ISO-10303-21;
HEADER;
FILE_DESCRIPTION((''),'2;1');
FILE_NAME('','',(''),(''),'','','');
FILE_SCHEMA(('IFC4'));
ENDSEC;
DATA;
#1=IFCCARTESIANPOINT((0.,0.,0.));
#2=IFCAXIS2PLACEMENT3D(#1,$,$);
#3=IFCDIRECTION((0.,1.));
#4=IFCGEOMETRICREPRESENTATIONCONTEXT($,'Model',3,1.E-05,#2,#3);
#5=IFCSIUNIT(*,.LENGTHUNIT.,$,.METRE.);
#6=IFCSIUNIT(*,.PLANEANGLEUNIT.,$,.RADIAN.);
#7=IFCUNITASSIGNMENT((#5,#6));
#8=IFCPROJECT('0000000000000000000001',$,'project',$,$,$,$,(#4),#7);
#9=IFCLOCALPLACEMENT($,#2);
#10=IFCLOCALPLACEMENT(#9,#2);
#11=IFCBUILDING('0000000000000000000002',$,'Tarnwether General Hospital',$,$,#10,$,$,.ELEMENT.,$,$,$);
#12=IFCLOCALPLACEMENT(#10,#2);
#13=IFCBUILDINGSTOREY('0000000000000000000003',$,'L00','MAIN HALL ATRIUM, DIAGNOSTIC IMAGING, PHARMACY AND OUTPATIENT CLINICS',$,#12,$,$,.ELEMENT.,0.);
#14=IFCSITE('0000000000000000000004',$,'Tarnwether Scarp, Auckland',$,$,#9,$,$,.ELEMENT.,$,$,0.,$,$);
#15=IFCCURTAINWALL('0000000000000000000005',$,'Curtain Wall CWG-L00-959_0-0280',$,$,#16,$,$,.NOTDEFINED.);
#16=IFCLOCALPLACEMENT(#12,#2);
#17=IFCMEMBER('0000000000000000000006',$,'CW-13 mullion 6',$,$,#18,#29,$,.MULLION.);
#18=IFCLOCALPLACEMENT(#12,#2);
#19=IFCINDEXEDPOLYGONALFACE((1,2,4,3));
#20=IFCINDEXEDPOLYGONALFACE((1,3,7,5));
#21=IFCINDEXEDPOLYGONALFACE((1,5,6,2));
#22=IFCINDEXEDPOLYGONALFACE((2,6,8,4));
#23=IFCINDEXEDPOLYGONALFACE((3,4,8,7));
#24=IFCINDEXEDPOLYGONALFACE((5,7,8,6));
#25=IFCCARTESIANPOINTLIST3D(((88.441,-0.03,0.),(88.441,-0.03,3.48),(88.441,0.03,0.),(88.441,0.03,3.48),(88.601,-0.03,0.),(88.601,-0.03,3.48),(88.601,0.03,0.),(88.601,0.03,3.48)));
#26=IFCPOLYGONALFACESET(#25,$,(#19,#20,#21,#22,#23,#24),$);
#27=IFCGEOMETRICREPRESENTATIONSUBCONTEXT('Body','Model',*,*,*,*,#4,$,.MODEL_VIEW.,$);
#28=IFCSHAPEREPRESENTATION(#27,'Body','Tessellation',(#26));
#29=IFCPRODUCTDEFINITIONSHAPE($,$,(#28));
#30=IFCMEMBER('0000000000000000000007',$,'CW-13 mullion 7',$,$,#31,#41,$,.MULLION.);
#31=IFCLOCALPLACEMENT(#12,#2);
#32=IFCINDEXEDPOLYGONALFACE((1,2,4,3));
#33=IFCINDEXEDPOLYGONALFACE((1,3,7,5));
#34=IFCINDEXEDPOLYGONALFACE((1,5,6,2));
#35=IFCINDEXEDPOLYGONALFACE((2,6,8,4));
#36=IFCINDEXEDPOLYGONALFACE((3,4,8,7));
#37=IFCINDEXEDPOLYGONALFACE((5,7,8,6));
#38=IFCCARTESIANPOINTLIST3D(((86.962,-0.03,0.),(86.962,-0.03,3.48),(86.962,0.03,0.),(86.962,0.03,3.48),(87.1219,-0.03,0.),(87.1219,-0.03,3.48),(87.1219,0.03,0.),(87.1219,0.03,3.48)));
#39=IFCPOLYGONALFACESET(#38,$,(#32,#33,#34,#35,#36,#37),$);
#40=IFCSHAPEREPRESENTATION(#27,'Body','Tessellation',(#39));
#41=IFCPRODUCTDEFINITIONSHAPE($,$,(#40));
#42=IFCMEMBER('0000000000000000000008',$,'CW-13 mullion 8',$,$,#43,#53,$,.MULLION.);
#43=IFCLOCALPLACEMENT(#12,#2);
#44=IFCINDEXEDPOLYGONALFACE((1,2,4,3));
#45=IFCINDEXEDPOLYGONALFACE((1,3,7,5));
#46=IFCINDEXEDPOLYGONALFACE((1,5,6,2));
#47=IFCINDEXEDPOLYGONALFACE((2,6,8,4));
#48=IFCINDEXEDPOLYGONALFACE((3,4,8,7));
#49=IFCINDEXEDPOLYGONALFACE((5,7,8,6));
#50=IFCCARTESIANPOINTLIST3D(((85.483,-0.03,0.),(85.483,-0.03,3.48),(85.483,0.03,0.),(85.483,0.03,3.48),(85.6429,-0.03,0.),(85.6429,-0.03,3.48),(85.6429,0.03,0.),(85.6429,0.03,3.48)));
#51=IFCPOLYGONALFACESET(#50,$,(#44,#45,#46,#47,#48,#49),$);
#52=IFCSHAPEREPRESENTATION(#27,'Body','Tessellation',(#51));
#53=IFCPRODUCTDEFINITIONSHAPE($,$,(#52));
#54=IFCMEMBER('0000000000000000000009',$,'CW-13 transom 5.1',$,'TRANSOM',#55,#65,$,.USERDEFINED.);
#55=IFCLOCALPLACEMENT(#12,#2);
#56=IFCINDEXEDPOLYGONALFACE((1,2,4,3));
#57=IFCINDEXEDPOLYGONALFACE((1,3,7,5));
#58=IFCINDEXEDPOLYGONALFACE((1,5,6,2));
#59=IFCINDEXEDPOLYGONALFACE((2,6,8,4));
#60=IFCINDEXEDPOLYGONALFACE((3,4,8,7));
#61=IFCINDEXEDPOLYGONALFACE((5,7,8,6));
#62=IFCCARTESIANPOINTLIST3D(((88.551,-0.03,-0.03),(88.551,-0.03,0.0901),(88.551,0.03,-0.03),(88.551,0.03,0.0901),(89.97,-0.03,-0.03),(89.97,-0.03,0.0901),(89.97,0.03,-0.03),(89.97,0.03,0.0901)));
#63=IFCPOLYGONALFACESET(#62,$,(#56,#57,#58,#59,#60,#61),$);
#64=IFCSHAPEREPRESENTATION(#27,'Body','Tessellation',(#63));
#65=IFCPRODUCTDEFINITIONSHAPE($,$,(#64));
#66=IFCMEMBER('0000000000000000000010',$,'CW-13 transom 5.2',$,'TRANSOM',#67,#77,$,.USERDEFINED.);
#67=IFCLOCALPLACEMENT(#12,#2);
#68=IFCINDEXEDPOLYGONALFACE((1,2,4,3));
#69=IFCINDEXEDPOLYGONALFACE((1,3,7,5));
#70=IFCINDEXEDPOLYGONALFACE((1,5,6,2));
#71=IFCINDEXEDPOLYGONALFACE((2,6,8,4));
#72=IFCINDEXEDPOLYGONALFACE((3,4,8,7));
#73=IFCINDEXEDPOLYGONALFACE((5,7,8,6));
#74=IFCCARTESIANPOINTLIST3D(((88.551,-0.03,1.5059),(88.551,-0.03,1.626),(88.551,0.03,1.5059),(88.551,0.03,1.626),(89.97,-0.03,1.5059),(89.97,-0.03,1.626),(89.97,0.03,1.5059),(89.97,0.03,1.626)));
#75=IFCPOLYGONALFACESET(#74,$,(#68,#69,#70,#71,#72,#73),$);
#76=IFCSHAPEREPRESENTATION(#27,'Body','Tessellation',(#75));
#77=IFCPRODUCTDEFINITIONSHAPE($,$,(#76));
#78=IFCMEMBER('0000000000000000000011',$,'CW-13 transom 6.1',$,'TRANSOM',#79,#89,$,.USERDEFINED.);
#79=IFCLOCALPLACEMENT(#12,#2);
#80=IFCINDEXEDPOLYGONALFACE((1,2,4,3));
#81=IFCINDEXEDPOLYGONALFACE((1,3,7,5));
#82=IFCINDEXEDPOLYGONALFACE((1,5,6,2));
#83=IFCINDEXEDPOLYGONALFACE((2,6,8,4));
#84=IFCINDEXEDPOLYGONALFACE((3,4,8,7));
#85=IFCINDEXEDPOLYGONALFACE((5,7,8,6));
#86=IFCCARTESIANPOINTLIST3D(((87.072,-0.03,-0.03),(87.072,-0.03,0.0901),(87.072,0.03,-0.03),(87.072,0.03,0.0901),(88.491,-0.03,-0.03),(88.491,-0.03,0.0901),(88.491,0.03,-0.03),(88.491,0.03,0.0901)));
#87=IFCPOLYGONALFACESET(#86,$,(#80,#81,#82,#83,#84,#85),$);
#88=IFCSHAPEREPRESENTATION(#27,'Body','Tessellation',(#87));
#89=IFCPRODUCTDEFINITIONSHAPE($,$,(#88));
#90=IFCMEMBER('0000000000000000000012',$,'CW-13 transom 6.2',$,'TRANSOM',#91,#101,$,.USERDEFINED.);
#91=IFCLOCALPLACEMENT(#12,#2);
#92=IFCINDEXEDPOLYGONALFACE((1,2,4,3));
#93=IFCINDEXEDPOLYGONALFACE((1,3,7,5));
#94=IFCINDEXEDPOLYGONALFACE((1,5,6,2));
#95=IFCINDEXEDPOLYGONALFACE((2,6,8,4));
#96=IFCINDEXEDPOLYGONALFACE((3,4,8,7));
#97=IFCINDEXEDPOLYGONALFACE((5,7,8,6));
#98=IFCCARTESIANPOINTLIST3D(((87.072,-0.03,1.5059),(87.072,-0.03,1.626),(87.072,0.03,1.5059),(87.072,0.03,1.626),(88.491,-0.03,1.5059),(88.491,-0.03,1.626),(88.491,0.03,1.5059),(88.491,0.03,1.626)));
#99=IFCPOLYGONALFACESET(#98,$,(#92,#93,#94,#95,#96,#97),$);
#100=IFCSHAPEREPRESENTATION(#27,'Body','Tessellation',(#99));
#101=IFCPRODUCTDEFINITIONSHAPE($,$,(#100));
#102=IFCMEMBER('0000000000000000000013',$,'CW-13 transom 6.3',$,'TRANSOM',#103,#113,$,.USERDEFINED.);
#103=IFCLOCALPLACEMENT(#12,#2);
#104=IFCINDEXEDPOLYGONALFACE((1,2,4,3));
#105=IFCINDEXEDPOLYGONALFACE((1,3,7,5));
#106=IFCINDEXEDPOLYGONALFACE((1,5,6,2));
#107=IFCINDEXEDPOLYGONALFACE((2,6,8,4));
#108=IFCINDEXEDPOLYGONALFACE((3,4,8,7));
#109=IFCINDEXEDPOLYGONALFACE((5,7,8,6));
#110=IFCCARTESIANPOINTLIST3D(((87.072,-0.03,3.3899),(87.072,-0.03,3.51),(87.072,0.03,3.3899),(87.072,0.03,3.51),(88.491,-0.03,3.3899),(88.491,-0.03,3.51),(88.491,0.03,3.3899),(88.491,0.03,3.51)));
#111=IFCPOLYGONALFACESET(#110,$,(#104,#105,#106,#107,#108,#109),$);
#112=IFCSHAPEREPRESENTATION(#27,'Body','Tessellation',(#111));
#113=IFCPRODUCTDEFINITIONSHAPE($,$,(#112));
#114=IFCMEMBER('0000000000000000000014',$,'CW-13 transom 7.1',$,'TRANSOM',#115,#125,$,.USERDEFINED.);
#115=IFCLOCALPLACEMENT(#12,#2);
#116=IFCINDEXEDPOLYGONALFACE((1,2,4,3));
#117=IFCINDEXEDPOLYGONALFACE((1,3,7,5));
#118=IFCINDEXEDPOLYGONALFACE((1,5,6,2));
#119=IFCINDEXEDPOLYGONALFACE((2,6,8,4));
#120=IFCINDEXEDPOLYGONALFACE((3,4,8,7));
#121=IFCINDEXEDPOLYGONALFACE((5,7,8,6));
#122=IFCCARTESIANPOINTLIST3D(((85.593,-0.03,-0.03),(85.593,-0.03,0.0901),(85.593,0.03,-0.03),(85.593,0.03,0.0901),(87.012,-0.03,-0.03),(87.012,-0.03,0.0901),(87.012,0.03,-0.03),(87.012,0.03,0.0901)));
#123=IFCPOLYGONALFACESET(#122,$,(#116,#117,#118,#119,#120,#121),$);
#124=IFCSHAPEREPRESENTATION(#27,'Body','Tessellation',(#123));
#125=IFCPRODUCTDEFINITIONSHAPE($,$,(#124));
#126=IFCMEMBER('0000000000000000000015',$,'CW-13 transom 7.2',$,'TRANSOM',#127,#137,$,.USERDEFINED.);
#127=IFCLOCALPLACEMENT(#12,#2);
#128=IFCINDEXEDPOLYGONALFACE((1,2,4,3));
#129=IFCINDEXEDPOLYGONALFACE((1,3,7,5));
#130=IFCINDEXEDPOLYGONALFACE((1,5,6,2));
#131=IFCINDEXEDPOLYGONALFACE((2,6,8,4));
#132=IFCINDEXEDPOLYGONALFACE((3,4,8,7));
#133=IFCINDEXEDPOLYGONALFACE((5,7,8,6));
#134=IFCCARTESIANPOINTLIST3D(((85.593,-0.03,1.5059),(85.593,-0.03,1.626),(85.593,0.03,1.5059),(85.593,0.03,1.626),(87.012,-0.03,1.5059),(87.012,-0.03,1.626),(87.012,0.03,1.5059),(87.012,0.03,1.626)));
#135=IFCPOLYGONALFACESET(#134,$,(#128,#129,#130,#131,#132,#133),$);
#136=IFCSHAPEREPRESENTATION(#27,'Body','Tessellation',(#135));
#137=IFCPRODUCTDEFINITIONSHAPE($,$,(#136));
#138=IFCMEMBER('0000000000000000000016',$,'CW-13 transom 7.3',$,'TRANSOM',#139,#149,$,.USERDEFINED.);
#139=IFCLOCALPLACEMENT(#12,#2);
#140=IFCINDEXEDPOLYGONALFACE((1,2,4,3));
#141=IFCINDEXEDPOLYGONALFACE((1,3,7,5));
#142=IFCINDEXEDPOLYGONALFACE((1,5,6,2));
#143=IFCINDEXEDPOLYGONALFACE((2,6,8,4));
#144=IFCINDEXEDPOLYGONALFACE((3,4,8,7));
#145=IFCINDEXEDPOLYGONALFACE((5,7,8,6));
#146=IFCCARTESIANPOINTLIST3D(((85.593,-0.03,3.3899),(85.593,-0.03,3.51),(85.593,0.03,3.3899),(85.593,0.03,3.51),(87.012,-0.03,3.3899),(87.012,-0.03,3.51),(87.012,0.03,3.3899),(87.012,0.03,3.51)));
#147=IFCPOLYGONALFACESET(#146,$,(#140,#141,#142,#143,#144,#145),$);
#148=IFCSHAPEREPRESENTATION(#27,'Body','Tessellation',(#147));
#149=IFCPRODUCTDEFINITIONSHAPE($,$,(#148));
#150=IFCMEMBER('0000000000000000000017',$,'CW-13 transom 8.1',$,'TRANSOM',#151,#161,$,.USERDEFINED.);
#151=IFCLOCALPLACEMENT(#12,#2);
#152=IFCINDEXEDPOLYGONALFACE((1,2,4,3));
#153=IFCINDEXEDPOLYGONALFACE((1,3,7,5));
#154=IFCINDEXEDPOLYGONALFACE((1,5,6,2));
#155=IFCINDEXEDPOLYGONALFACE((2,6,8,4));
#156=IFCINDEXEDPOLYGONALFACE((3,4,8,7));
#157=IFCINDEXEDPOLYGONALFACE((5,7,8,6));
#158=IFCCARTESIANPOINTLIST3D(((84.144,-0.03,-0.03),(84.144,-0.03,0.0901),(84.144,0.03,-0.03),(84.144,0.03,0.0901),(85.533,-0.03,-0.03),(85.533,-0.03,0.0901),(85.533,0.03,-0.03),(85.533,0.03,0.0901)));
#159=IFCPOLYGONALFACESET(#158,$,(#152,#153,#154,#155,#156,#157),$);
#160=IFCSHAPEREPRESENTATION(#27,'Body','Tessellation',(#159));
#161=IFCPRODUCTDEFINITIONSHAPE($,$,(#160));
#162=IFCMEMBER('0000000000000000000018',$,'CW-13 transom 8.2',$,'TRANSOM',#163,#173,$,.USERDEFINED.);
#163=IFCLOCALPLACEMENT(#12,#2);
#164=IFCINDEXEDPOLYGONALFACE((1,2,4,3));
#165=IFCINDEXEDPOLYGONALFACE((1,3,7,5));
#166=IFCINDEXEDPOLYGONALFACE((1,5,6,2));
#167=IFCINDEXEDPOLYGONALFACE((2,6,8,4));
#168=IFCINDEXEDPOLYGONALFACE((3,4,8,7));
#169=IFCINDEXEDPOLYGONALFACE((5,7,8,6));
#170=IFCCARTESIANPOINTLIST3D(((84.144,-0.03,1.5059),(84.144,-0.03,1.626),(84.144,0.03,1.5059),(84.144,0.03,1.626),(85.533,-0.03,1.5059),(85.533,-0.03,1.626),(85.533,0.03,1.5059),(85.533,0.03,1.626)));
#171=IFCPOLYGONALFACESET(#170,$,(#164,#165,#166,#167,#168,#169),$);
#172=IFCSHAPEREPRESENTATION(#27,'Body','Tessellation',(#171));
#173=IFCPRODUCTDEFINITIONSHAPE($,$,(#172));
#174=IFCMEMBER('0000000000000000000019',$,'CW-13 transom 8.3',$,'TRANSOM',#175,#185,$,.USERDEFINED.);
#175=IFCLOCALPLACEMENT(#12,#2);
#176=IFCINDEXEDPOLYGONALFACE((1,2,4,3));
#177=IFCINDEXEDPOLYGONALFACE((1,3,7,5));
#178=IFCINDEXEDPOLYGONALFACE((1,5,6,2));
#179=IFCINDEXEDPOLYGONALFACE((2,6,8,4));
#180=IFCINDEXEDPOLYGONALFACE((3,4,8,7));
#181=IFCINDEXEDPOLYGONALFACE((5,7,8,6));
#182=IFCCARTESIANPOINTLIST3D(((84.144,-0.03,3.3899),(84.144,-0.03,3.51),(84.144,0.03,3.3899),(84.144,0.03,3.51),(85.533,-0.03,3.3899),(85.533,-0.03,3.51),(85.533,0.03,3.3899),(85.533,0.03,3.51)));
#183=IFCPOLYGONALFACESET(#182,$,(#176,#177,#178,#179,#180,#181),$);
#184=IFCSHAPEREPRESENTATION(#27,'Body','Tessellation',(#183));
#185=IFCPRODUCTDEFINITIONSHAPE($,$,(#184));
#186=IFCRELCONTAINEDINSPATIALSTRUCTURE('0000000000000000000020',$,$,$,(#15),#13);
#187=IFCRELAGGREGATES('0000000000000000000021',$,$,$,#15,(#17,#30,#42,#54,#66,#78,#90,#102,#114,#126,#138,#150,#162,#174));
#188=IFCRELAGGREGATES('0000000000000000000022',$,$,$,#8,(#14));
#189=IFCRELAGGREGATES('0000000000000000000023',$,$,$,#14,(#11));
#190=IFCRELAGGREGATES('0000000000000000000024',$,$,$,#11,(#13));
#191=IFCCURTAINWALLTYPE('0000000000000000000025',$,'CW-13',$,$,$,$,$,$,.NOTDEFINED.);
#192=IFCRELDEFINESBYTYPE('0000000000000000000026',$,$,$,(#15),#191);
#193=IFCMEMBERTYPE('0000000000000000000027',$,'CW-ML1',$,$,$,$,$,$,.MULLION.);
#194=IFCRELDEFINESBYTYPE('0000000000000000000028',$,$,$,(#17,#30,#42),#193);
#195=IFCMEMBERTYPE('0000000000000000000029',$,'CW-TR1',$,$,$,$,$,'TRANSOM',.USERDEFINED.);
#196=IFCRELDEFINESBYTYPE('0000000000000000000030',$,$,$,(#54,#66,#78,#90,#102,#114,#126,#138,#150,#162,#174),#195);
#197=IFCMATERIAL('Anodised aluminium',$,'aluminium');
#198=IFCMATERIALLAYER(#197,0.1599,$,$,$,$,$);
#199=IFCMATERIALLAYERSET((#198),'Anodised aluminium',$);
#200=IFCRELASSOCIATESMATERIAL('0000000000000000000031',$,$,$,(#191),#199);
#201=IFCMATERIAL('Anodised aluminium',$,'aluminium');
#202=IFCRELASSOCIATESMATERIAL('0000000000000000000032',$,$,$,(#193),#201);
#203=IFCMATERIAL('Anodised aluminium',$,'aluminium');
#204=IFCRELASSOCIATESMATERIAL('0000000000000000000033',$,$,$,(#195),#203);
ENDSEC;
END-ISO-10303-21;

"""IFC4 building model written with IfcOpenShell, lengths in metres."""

from ifc_helpers import new_model, si_unit, direction, frame, origin, origin_2d, place, context, subcontext, project, spatial, rectangle, extrude, material, layer, layer_set, material_profile, profile_set, type_object, element, aggregate, save


model = new_model("IFC4")

# Units and contexts
model_context = context("Model", 3, precision=1e-05, world=origin(), true_north=direction((0.0, 1.0)))
body_context = subcontext(model_context, "Body", "Model", "MODEL_VIEW")
ifc_project = project(units=[si_unit("LENGTHUNIT", "METRE"), si_unit("PLANEANGLEUNIT", "RADIAN")], contexts=[model_context])

# Site, building, storey
site_placement = place(None, origin())
site = spatial("IfcSite", under=ifc_project, at=site_placement, Name="Tarnwether Scarp, Auckland", CompositionType="ELEMENT", RefElevation=0.0)
building_placement = place(site_placement, origin())
building = spatial("IfcBuilding", under=site, at=building_placement, Name="Tarnwether General Hospital", CompositionType="ELEMENT")
storey_placement = place(building_placement, origin())
storey = spatial("IfcBuildingStorey", under=building, at=storey_placement, Name="L00", Description="MAIN HALL ATRIUM, DIAGNOSTIC IMAGING, PHARMACY AND OUTPATIENT CLINICS", CompositionType="ELEMENT", Elevation=0.0)

# Curtain wall, members
ifc_material_1 = material(Name="Anodised aluminium", Category="aluminium")
ifc_layer_1 = layer(ifc_material_1, 0.1599)
ifc_layer_set_1 = layer_set([ifc_layer_1], Name="Anodised aluminium")
curtain_wall_type = type_object("IfcCurtainWallType", Name="CW-13", PredefinedType="NOTDEFINED", material=ifc_layer_set_1)
curtain_wall_placement = place(storey_placement, origin())
curtain_wall = element("IfcCurtainWall", 1, at=curtain_wall_placement, inside=storey, type_object=curtain_wall_type, Name="Curtain Wall CWG-L00-959_0-0280", PredefinedType="NOTDEFINED")
ifc_material_2 = material(Name="Anodised aluminium", Category="aluminium")
ifc_material_profile_1 = material_profile(ifc_material_2, rectangle(XDim=0.0601, YDim=0.1599, at=origin_2d()), Name="ALU-MUL-60x160")
ifc_profile_set_1 = profile_set([ifc_material_profile_1], Name="Anodised aluminium")
member_type_1 = type_object("IfcMemberType", Name="CW-ML1", PredefinedType="MULLION", material=ifc_profile_set_1)
member_1_placement = place(storey_placement, frame((88.521, 0.0, 0.0), z_axis=(0.0, 0.0, 1.0), x_axis=(0.0, -1.0, 0.0)))
member_1 = element("IfcMember", 2, at=member_1_placement, type_object=member_type_1, Name="CW-13 mullion 6", PredefinedType="MULLION", context=body_context, shape_type="SweptSolid", body=[
    extrude(rectangle(XDim=0.0601, YDim=0.1599, at=origin_2d()), origin(), (0.0, 0.0, 1.0), 3.48),
])
member_2_placement = place(storey_placement, frame((87.042, 0.0, 0.0), z_axis=(0.0, 0.0, 1.0), x_axis=(0.0, -1.0, 0.0)))
member_2 = element("IfcMember", 3, at=member_2_placement, type_object=member_type_1, Name="CW-13 mullion 7", PredefinedType="MULLION", context=body_context, shape_type="SweptSolid", body=[
    extrude(rectangle(XDim=0.0601, YDim=0.1599, at=origin_2d()), origin(), (0.0, 0.0, 1.0), 3.48),
])
member_3_placement = place(storey_placement, frame((85.563, 0.0, 0.0), z_axis=(0.0, 0.0, 1.0), x_axis=(0.0, -1.0, 0.0)))
member_3 = element("IfcMember", 4, at=member_3_placement, type_object=member_type_1, Name="CW-13 mullion 8", PredefinedType="MULLION", context=body_context, shape_type="SweptSolid", body=[
    extrude(rectangle(XDim=0.0601, YDim=0.1599, at=origin_2d()), origin(), (0.0, 0.0, 1.0), 3.48),
])
ifc_material_3 = material(Name="Anodised aluminium", Category="aluminium")
ifc_material_profile_2 = material_profile(ifc_material_3, rectangle(XDim=0.0601, YDim=0.1201, at=origin_2d()), Name="ALU-TRN-60x120")
ifc_profile_set_2 = profile_set([ifc_material_profile_2], Name="Anodised aluminium")
member_type_2 = type_object("IfcMemberType", Name="CW-TR1", ElementType="TRANSOM", PredefinedType="USERDEFINED", material=ifc_profile_set_2)
member_4_placement = place(storey_placement, frame((89.97, 0.0, 0.03), z_axis=(-1.0, 0.0, 0.0), x_axis=(0.0, -1.0, 0.0)))
member_4 = element("IfcMember", 5, at=member_4_placement, type_object=member_type_2, Name="CW-13 transom 5.1", ObjectType="TRANSOM", PredefinedType="USERDEFINED", context=body_context, shape_type="SweptSolid", body=[
    extrude(rectangle(XDim=0.0601, YDim=0.1201, at=origin_2d()), origin(), (0.0, 0.0, 1.0), 1.4189),
])
member_5_placement = place(storey_placement, frame((89.97, 0.0, 1.5659), z_axis=(-1.0, 0.0, 0.0), x_axis=(0.0, -1.0, 0.0)))
member_5 = element("IfcMember", 6, at=member_5_placement, type_object=member_type_2, Name="CW-13 transom 5.2", ObjectType="TRANSOM", PredefinedType="USERDEFINED", context=body_context, shape_type="SweptSolid", body=[
    extrude(rectangle(XDim=0.0601, YDim=0.1201, at=origin_2d()), origin(), (0.0, 0.0, 1.0), 1.4189),
])
member_6_placement = place(storey_placement, frame((88.491, 0.0, 0.03), z_axis=(-1.0, 0.0, 0.0), x_axis=(0.0, -1.0, 0.0)))
member_6 = element("IfcMember", 7, at=member_6_placement, type_object=member_type_2, Name="CW-13 transom 6.1", ObjectType="TRANSOM", PredefinedType="USERDEFINED", context=body_context, shape_type="SweptSolid", body=[
    extrude(rectangle(XDim=0.0601, YDim=0.1201, at=origin_2d()), origin(), (0.0, 0.0, 1.0), 1.4189),
])
member_7_placement = place(storey_placement, frame((88.491, 0.0, 1.5659), z_axis=(-1.0, 0.0, 0.0), x_axis=(0.0, -1.0, 0.0)))
member_7 = element("IfcMember", 8, at=member_7_placement, type_object=member_type_2, Name="CW-13 transom 6.2", ObjectType="TRANSOM", PredefinedType="USERDEFINED", context=body_context, shape_type="SweptSolid", body=[
    extrude(rectangle(XDim=0.0601, YDim=0.1201, at=origin_2d()), origin(), (0.0, 0.0, 1.0), 1.4189),
])
member_8_placement = place(storey_placement, frame((88.491, 0.0, 3.45), z_axis=(-1.0, 0.0, 0.0), x_axis=(0.0, -1.0, 0.0)))
member_8 = element("IfcMember", 9, at=member_8_placement, type_object=member_type_2, Name="CW-13 transom 6.3", ObjectType="TRANSOM", PredefinedType="USERDEFINED", context=body_context, shape_type="SweptSolid", body=[
    extrude(rectangle(XDim=0.0601, YDim=0.1201, at=origin_2d()), origin(), (0.0, 0.0, 1.0), 1.4189),
])
member_9_placement = place(storey_placement, frame((87.012, 0.0, 0.03), z_axis=(-1.0, 0.0, 0.0), x_axis=(0.0, -1.0, 0.0)))
member_9 = element("IfcMember", 10, at=member_9_placement, type_object=member_type_2, Name="CW-13 transom 7.1", ObjectType="TRANSOM", PredefinedType="USERDEFINED", context=body_context, shape_type="SweptSolid", body=[
    extrude(rectangle(XDim=0.0601, YDim=0.1201, at=origin_2d()), origin(), (0.0, 0.0, 1.0), 1.4189),
])
member_10_placement = place(storey_placement, frame((87.012, 0.0, 1.5659), z_axis=(-1.0, 0.0, 0.0), x_axis=(0.0, -1.0, 0.0)))
member_10 = element("IfcMember", 11, at=member_10_placement, type_object=member_type_2, Name="CW-13 transom 7.2", ObjectType="TRANSOM", PredefinedType="USERDEFINED", context=body_context, shape_type="SweptSolid", body=[
    extrude(rectangle(XDim=0.0601, YDim=0.1201, at=origin_2d()), origin(), (0.0, 0.0, 1.0), 1.4189),
])
member_11_placement = place(storey_placement, frame((87.012, 0.0, 3.45), z_axis=(-1.0, 0.0, 0.0), x_axis=(0.0, -1.0, 0.0)))
member_11 = element("IfcMember", 12, at=member_11_placement, type_object=member_type_2, Name="CW-13 transom 7.3", ObjectType="TRANSOM", PredefinedType="USERDEFINED", context=body_context, shape_type="SweptSolid", body=[
    extrude(rectangle(XDim=0.0601, YDim=0.1201, at=origin_2d()), origin(), (0.0, 0.0, 1.0), 1.4189),
])
member_12_placement = place(storey_placement, frame((85.533, 0.0, 0.03), z_axis=(-1.0, 0.0, 0.0), x_axis=(0.0, -1.0, 0.0)))
member_12 = element("IfcMember", 13, at=member_12_placement, type_object=member_type_2, Name="CW-13 transom 8.1", ObjectType="TRANSOM", PredefinedType="USERDEFINED", context=body_context, shape_type="SweptSolid", body=[
    extrude(rectangle(XDim=0.0601, YDim=0.1201, at=origin_2d()), origin(), (0.0, 0.0, 1.0), 1.3889),
])
member_13_placement = place(storey_placement, frame((85.533, 0.0, 1.5659), z_axis=(-1.0, 0.0, 0.0), x_axis=(0.0, -1.0, 0.0)))
member_13 = element("IfcMember", 14, at=member_13_placement, type_object=member_type_2, Name="CW-13 transom 8.2", ObjectType="TRANSOM", PredefinedType="USERDEFINED", context=body_context, shape_type="SweptSolid", body=[
    extrude(rectangle(XDim=0.0601, YDim=0.1201, at=origin_2d()), origin(), (0.0, 0.0, 1.0), 1.3889),
])
member_14_placement = place(storey_placement, frame((85.533, 0.0, 3.45), z_axis=(-1.0, 0.0, 0.0), x_axis=(0.0, -1.0, 0.0)))
member_14 = element("IfcMember", 15, at=member_14_placement, type_object=member_type_2, Name="CW-13 transom 8.3", ObjectType="TRANSOM", PredefinedType="USERDEFINED", context=body_context, shape_type="SweptSolid", body=[
    extrude(rectangle(XDim=0.0601, YDim=0.1201, at=origin_2d()), origin(), (0.0, 0.0, 1.0), 1.3889),
])
aggregate(curtain_wall, [member_1, member_2, member_3, member_4, member_5, member_6, member_7, member_8, member_9, member_10, member_11, member_12, member_13, member_14])

save(model, "model.ifc")
